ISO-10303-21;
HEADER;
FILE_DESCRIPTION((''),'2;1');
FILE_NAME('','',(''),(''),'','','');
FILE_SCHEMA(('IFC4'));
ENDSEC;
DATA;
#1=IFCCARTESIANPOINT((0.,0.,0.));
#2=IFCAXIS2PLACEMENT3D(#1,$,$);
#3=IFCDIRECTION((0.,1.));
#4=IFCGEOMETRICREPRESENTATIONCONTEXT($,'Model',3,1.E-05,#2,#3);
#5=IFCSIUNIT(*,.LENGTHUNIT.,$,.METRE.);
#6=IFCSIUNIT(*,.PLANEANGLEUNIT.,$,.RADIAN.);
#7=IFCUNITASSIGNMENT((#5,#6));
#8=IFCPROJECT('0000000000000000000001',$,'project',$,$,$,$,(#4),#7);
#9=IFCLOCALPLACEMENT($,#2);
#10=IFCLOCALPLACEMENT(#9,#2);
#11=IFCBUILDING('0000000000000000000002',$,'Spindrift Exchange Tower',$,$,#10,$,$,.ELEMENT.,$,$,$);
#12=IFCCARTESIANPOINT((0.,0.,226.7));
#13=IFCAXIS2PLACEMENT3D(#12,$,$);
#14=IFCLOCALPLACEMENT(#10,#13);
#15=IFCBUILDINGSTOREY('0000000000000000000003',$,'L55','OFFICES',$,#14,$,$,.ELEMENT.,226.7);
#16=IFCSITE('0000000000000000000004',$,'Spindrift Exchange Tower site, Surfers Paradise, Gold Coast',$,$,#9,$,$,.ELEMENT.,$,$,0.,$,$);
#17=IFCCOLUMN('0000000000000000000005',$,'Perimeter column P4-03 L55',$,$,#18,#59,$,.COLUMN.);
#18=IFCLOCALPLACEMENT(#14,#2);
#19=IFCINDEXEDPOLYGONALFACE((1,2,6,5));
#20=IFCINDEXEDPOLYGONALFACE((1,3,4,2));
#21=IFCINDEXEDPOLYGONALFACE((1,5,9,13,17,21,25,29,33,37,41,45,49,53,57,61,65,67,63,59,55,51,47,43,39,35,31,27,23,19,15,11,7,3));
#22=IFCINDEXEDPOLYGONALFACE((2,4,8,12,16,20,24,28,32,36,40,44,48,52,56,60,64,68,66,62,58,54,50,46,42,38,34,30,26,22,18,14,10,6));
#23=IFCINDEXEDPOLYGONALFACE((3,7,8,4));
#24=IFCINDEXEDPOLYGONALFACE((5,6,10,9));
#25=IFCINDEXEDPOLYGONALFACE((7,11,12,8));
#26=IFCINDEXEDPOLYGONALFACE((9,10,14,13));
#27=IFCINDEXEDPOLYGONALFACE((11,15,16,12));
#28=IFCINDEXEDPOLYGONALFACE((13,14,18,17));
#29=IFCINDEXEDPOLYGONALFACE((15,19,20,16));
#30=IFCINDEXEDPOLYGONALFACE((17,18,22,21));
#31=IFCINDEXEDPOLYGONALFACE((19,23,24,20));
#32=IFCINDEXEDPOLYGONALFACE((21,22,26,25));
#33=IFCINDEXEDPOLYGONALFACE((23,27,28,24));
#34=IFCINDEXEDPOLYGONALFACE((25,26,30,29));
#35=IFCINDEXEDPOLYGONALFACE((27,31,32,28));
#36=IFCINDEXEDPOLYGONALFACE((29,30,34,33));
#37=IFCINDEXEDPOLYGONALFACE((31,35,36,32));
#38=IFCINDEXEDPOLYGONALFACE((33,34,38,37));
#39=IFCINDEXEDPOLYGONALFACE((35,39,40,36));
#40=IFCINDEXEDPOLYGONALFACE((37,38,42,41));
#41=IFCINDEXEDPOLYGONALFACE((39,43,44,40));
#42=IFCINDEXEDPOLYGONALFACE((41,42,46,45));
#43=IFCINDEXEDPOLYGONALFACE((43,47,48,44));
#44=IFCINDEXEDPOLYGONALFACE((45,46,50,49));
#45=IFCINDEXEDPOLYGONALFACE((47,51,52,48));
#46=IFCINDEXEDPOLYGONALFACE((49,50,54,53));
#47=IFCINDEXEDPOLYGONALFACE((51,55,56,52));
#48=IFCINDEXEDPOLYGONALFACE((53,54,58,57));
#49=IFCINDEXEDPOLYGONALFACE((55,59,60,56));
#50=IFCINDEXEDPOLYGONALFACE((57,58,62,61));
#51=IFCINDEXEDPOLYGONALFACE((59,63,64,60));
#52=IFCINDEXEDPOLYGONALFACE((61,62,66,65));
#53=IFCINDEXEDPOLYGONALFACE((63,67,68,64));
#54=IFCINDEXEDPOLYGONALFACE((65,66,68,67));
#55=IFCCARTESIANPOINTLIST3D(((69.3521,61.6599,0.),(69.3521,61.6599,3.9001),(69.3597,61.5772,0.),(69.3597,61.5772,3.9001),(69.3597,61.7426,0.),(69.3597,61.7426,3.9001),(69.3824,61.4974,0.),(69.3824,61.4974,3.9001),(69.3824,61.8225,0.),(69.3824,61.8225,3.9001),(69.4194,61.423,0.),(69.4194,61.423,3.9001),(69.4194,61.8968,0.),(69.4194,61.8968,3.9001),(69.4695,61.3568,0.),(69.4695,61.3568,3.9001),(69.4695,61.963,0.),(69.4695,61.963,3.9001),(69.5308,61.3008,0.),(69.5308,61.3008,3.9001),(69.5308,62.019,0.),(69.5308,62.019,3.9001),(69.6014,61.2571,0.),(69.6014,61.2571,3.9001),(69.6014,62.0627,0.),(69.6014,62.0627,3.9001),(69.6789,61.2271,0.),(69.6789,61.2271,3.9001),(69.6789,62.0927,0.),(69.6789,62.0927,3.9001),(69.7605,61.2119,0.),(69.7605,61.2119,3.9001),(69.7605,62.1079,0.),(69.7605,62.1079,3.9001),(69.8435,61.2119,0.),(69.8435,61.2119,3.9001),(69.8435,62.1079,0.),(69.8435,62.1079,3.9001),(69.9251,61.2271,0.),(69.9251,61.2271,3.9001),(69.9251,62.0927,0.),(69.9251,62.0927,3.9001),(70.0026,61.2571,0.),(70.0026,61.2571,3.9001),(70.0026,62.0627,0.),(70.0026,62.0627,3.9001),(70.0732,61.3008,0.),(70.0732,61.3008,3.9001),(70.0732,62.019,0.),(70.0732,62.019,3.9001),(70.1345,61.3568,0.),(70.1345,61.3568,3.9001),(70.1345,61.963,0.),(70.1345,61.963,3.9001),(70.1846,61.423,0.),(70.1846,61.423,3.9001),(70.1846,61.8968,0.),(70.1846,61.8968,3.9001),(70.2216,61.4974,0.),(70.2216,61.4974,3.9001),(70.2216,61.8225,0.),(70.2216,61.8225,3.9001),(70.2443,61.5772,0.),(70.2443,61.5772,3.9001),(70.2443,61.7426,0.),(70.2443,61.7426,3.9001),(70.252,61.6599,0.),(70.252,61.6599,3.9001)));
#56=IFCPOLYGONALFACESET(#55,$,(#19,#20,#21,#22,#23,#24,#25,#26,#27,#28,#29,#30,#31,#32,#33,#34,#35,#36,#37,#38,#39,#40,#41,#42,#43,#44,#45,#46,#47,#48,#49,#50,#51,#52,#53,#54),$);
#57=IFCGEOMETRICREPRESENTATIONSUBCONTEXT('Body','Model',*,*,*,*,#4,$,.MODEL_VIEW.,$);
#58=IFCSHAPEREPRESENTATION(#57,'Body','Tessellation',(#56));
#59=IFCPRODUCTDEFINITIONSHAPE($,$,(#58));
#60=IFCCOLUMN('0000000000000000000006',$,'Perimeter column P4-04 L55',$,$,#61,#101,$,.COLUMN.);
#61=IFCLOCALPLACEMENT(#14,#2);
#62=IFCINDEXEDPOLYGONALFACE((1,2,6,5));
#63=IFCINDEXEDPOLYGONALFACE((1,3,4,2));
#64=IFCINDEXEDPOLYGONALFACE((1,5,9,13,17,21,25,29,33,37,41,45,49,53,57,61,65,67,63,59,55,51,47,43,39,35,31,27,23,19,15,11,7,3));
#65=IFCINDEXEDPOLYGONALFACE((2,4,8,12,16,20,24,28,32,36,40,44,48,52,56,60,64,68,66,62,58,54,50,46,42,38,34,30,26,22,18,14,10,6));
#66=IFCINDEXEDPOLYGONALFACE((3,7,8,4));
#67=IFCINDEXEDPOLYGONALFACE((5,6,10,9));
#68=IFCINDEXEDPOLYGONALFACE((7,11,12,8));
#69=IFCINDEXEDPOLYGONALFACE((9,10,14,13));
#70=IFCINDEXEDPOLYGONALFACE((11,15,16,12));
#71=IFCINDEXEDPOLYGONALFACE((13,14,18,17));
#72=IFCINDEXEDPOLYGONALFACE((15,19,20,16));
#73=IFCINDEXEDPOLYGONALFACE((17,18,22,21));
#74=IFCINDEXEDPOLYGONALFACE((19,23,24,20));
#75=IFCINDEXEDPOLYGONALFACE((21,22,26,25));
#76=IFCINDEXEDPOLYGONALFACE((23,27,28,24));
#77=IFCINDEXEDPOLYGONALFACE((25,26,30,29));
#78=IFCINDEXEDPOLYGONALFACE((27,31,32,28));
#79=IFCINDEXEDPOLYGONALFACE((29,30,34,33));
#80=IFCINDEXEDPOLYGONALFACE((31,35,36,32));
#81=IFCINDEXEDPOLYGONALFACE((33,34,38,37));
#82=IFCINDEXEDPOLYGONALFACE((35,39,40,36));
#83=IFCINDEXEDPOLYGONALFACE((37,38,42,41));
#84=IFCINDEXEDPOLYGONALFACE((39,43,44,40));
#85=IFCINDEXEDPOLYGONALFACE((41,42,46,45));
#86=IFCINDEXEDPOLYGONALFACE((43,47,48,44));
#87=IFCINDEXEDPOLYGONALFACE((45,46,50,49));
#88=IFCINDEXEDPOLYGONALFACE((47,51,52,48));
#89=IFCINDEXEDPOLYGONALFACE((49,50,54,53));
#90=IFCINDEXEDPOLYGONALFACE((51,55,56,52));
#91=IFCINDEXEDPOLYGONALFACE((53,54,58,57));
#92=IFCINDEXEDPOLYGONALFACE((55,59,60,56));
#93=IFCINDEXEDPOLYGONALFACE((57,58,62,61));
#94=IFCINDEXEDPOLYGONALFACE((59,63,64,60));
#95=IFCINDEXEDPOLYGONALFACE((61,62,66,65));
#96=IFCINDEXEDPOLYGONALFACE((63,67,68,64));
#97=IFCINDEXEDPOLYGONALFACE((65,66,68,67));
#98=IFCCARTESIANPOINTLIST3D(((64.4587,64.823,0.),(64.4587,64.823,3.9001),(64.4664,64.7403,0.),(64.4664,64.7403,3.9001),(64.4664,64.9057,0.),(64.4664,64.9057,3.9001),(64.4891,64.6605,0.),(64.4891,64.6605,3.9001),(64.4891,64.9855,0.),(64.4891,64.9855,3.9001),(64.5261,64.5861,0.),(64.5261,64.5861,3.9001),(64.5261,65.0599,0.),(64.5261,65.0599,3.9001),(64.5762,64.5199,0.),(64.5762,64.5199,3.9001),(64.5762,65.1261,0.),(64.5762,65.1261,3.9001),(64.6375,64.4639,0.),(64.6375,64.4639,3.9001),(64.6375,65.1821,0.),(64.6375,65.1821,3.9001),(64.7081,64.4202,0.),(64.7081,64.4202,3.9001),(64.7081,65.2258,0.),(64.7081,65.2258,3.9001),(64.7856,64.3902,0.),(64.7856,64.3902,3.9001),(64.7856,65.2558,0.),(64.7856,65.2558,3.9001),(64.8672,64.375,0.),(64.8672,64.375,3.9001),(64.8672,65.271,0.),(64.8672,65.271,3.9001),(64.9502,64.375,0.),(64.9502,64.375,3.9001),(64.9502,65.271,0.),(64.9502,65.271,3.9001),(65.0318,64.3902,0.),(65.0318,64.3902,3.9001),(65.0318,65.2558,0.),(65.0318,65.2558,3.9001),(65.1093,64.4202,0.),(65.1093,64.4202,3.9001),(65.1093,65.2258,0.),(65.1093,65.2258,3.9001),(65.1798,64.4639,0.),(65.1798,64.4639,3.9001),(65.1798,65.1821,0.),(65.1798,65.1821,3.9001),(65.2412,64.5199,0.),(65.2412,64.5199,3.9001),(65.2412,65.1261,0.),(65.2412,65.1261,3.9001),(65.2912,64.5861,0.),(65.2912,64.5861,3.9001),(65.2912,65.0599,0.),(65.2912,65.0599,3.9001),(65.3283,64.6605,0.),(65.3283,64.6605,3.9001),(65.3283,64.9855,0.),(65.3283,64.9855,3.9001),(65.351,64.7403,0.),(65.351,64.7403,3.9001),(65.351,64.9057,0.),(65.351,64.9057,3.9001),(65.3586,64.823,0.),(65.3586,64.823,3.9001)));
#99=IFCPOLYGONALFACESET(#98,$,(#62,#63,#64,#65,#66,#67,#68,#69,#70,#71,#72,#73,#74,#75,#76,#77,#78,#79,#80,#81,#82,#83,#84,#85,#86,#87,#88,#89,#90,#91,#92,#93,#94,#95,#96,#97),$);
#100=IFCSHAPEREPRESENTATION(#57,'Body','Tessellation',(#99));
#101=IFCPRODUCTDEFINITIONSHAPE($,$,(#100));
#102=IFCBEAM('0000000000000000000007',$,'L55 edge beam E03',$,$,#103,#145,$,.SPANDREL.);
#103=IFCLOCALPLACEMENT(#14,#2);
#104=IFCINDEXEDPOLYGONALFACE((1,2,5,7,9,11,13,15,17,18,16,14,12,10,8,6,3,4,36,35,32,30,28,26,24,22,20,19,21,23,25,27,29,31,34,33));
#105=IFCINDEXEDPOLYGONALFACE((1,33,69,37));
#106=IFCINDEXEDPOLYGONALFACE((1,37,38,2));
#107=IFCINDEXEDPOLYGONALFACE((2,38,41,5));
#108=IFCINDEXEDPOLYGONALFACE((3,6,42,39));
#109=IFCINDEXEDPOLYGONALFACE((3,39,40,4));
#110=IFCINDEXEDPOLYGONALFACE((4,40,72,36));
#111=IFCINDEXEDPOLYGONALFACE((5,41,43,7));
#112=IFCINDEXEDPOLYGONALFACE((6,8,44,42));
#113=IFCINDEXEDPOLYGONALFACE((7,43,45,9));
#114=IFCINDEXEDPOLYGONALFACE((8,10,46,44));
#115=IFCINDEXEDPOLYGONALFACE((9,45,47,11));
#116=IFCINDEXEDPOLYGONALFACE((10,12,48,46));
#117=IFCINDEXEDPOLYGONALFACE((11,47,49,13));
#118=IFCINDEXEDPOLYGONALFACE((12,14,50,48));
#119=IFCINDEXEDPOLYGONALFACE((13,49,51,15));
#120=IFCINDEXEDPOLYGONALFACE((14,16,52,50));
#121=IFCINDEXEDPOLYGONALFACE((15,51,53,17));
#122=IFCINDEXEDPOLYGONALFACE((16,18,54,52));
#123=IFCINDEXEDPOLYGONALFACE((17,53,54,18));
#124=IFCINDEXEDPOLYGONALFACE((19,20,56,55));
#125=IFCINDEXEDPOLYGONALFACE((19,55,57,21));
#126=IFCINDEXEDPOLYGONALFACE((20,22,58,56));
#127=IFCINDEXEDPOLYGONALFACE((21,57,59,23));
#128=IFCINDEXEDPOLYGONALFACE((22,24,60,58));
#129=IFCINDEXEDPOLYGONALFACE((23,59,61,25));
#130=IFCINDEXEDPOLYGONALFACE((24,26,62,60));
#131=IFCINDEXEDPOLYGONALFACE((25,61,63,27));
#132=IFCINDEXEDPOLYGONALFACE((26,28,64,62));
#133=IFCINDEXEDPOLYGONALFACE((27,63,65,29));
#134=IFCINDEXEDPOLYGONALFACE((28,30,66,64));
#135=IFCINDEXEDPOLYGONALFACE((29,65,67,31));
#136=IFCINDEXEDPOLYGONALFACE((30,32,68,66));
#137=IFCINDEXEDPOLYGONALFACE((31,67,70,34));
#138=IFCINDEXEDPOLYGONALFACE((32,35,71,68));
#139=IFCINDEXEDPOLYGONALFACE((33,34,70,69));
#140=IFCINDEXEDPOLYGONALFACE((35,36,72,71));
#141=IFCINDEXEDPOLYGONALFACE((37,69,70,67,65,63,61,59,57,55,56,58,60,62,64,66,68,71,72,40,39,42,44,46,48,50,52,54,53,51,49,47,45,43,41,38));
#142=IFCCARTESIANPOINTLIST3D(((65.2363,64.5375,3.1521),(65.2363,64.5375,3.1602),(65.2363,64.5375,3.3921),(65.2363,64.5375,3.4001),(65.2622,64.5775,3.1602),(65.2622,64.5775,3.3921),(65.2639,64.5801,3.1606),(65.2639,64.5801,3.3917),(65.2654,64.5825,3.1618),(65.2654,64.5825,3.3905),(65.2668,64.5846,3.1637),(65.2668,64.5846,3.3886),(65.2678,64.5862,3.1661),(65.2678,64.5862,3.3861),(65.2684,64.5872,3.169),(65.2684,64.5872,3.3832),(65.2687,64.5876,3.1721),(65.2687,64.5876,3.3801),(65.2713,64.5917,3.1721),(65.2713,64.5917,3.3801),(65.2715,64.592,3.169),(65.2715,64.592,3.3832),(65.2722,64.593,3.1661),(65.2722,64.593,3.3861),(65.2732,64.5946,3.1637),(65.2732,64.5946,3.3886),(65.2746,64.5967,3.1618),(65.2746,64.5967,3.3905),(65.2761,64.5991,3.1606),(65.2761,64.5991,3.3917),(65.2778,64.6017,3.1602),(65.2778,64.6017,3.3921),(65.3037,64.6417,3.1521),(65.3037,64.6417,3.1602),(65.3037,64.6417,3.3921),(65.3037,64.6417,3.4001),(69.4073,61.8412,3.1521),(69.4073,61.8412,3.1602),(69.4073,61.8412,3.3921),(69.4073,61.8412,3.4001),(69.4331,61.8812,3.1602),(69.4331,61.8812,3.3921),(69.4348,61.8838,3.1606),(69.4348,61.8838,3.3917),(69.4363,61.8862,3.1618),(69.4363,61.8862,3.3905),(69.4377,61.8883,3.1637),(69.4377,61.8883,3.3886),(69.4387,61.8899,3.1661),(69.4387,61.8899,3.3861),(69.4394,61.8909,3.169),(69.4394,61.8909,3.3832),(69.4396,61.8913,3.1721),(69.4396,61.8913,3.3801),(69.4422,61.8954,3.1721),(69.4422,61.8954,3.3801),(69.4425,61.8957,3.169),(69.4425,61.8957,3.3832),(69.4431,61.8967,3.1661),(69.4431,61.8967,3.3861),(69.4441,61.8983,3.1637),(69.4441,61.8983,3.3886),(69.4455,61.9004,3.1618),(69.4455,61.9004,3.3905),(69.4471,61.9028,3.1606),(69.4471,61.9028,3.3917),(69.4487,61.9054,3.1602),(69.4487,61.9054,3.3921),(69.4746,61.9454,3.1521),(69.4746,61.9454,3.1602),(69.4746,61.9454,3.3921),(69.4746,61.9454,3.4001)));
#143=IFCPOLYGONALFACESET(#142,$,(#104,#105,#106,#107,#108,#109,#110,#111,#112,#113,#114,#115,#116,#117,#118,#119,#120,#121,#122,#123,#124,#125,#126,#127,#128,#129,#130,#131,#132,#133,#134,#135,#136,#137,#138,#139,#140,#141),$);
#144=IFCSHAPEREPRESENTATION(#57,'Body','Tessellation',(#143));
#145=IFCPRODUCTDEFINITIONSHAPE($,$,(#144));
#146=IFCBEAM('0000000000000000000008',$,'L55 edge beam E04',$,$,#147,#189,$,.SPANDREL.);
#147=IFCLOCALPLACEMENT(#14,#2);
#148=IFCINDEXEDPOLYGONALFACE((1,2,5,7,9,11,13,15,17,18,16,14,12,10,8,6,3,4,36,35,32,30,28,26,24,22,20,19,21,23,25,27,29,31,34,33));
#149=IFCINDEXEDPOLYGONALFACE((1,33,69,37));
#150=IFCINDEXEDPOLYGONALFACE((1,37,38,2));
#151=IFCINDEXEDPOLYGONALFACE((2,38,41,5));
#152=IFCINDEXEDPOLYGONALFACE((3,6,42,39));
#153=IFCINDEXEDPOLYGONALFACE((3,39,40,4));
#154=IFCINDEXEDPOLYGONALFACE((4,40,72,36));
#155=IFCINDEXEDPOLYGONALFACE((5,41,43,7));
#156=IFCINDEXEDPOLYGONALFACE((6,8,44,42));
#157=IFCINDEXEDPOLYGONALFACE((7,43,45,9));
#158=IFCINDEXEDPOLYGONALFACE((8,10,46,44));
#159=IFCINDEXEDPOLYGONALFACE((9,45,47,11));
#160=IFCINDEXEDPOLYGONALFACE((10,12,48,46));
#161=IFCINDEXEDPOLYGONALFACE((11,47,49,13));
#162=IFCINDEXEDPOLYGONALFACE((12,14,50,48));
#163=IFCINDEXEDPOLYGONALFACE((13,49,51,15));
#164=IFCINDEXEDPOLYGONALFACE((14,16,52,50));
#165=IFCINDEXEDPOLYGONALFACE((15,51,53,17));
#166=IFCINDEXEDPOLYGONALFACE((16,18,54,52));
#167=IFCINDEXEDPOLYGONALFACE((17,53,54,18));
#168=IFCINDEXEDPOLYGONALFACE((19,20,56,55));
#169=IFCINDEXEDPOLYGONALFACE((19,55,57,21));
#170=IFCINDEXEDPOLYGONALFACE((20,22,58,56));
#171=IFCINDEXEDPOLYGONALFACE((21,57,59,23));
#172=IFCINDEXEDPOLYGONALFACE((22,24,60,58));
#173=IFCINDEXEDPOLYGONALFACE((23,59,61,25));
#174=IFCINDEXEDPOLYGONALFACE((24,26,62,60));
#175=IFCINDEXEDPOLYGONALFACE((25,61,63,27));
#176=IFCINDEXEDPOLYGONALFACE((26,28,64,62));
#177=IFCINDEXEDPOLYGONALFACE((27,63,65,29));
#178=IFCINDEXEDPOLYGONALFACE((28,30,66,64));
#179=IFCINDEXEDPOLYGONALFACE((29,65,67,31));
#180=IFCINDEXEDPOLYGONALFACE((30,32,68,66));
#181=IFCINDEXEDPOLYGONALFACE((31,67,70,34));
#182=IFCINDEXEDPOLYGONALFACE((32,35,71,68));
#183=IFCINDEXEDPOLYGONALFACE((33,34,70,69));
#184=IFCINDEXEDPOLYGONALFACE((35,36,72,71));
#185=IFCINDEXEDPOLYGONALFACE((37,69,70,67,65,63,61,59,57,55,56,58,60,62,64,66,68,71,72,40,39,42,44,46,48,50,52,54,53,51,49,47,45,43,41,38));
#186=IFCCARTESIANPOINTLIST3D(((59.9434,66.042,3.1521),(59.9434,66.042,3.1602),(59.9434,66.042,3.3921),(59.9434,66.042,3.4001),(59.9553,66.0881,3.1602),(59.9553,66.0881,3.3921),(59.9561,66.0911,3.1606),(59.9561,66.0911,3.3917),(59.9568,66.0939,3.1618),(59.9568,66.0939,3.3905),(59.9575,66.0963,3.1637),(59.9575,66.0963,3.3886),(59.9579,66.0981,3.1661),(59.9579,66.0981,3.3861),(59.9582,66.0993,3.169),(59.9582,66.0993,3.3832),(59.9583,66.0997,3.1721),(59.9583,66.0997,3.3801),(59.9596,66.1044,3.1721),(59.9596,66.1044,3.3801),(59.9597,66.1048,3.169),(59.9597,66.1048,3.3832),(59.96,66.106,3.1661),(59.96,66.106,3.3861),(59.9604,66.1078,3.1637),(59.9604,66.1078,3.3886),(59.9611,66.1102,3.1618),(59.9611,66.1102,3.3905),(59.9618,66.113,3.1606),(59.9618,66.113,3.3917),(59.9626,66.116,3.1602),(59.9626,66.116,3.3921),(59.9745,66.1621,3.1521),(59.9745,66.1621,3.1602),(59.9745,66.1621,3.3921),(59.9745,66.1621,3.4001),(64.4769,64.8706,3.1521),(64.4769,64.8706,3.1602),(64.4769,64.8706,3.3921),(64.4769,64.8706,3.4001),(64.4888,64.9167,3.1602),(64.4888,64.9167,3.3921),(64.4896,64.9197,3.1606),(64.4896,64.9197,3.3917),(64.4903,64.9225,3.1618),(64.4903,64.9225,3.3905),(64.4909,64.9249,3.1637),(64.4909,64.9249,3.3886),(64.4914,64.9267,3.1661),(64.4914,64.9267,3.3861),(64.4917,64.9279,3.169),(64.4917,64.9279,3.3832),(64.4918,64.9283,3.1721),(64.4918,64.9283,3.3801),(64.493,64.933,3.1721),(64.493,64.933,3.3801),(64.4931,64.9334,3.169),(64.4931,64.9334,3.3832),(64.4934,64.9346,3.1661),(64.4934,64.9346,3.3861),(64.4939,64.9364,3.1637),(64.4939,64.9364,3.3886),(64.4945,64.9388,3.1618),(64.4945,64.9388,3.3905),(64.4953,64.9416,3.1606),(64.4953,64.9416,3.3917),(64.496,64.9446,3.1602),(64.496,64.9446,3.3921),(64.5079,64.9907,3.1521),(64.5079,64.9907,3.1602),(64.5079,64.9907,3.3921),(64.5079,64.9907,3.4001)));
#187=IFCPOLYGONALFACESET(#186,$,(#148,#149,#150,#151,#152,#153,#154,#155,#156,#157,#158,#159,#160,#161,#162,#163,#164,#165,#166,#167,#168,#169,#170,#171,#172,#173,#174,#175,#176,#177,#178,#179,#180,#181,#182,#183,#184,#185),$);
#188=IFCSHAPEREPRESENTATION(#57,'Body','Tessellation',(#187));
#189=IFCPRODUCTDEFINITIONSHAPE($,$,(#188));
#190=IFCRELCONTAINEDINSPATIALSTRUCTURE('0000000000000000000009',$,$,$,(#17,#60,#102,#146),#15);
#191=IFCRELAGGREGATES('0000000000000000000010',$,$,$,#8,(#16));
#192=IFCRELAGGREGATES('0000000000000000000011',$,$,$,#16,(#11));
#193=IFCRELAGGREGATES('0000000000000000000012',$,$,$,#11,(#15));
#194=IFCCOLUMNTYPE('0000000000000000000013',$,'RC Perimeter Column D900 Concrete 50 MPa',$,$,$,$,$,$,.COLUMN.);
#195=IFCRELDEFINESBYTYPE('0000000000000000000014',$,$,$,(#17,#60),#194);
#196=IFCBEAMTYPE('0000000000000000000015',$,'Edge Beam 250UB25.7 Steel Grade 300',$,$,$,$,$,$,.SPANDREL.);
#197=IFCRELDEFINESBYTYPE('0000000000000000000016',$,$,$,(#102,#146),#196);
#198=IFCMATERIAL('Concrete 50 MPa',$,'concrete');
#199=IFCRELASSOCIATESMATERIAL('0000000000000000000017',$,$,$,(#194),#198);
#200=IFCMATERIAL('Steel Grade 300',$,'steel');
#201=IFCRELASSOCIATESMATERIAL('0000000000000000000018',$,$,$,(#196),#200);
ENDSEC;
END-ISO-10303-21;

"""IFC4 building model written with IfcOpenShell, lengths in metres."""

from ifc_helpers import new_model, si_unit, direction, frame, origin, origin_2d, place, context, subcontext, project, spatial, circle, i_section, extrude, source, transform, mapped, material, material_profile, profile_set, type_object, element, save


model = new_model("IFC4")

# Units and contexts
model_context = context("Model", 3, precision=1e-05, world=origin(), true_north=direction((0.0, 1.0)))
body_context = subcontext(model_context, "Body", "Model", "MODEL_VIEW")
ifc_project = project(units=[si_unit("LENGTHUNIT", "METRE"), si_unit("PLANEANGLEUNIT", "RADIAN")], contexts=[model_context])

# Site, building, storey
site_placement = place(None, origin())
site = spatial("IfcSite", under=ifc_project, at=site_placement, Name="Spindrift Exchange Tower site, Surfers Paradise, Gold Coast", CompositionType="ELEMENT", RefElevation=0.0)
building_placement = place(site_placement, origin())
building = spatial("IfcBuilding", under=site, at=building_placement, Name="Spindrift Exchange Tower", CompositionType="ELEMENT")
storey_placement = place(building_placement, frame((0.0, 0.0, 226.7)))
storey = spatial("IfcBuildingStorey", under=building, at=storey_placement, Name="L55", Description="OFFICES", CompositionType="ELEMENT", Elevation=226.7)

# Columns
ifc_material_1 = material(Name="Concrete 50 MPa", Category="concrete")
ifc_material_profile_1 = material_profile(ifc_material_1, circle(Radius=0.45, at=origin_2d()), Name="RC D900")
ifc_profile_set_1 = profile_set([ifc_material_profile_1], Name="Concrete 50 MPa")
column_type = type_object("IfcColumnType", Name="RC Perimeter Column D900 Concrete 50 MPa", PredefinedType="COLUMN", material=ifc_profile_set_1)
shared_shape_1 = source(origin(), body_context, "Body", "SweptSolid", [
    extrude(circle(Radius=0.45, at=origin_2d()), origin(), (0.0, 0.0, 1.0), 3.9001),
])
for number, where, z_axis, x_axis, name in (
    (1, (69.802, 61.6599, 0.0), (0.0, 0.0, 1.0), (1.0, 0.0, 0.0), "Perimeter column P4-03 L55"),
    (2, (64.9087, 64.823, 0.0), (0.0, 0.0, 1.0), (1.0, 0.0, 0.0), "Perimeter column P4-04 L55"),
):
    element("IfcColumn", number, at=place(storey_placement, frame(where, z_axis=z_axis, x_axis=x_axis)), inside=storey, type_object=column_type, Name=name, PredefinedType="COLUMN", context=body_context, shape_type="MappedRepresentation", body=[
        mapped(shared_shape_1, transform((0.0, 0.0, 0.0), scale=1.0)),
    ])

# Beams
ifc_material_2 = material(Name="Steel Grade 300", Category="steel")
ifc_material_profile_2 = material_profile(ifc_material_2, i_section(OverallWidth=0.124, OverallDepth=0.248, WebThickness=0.0049, FlangeThickness=0.0081, FilletRadius=0.012, at=origin_2d()), Name="250UB25.7")
ifc_profile_set_2 = profile_set([ifc_material_profile_2], Name="Steel Grade 300")
beam_type = type_object("IfcBeamType", Name="Edge Beam 250UB25.7 Steel Grade 300", PredefinedType="SPANDREL", material=ifc_profile_set_2)
shared_shape_2 = source(origin(), body_context, "Body", "SweptSolid", [
    extrude(i_section(OverallWidth=0.124, OverallDepth=0.248, WebThickness=0.0049, FlangeThickness=0.0081, FilletRadius=0.012, at=origin_2d()), origin(), (0.0, 0.0, 1.0), 4.9666),
])
beam_1_placement = place(storey_placement, frame((69.4409, 61.8933, 3.2761), z_axis=(-0.839802, 0.542893, 0.0), x_axis=(-0.542893, -0.839802, 0.0)))
element("IfcBeam", 3, at=beam_1_placement, inside=storey, type_object=beam_type, Name="L55 edge beam E03", PredefinedType="SPANDREL", context=body_context, shape_type="MappedRepresentation", body=[
    mapped(shared_shape_2, transform((0.0, 0.0, 0.0), scale=1.0)),
])
shared_shape_3 = source(origin(), body_context, "Body", "SweptSolid", [
    extrude(i_section(OverallWidth=0.124, OverallDepth=0.248, WebThickness=0.0049, FlangeThickness=0.0081, FilletRadius=0.012, at=origin_2d()), origin(), (0.0, 0.0, 1.0), 4.6824),
])
beam_2_placement = place(storey_placement, frame((64.4924, 64.9307, 3.2761), z_axis=(-0.968202, 0.250171, 0.0), x_axis=(-0.250171, -0.968202, 0.0)))
element("IfcBeam", 4, at=beam_2_placement, inside=storey, type_object=beam_type, Name="L55 edge beam E04", PredefinedType="SPANDREL", context=body_context, shape_type="MappedRepresentation", body=[
    mapped(shared_shape_3, transform((0.0, 0.0, 0.0), scale=1.0)),
])

save(model, "model.ifc")
